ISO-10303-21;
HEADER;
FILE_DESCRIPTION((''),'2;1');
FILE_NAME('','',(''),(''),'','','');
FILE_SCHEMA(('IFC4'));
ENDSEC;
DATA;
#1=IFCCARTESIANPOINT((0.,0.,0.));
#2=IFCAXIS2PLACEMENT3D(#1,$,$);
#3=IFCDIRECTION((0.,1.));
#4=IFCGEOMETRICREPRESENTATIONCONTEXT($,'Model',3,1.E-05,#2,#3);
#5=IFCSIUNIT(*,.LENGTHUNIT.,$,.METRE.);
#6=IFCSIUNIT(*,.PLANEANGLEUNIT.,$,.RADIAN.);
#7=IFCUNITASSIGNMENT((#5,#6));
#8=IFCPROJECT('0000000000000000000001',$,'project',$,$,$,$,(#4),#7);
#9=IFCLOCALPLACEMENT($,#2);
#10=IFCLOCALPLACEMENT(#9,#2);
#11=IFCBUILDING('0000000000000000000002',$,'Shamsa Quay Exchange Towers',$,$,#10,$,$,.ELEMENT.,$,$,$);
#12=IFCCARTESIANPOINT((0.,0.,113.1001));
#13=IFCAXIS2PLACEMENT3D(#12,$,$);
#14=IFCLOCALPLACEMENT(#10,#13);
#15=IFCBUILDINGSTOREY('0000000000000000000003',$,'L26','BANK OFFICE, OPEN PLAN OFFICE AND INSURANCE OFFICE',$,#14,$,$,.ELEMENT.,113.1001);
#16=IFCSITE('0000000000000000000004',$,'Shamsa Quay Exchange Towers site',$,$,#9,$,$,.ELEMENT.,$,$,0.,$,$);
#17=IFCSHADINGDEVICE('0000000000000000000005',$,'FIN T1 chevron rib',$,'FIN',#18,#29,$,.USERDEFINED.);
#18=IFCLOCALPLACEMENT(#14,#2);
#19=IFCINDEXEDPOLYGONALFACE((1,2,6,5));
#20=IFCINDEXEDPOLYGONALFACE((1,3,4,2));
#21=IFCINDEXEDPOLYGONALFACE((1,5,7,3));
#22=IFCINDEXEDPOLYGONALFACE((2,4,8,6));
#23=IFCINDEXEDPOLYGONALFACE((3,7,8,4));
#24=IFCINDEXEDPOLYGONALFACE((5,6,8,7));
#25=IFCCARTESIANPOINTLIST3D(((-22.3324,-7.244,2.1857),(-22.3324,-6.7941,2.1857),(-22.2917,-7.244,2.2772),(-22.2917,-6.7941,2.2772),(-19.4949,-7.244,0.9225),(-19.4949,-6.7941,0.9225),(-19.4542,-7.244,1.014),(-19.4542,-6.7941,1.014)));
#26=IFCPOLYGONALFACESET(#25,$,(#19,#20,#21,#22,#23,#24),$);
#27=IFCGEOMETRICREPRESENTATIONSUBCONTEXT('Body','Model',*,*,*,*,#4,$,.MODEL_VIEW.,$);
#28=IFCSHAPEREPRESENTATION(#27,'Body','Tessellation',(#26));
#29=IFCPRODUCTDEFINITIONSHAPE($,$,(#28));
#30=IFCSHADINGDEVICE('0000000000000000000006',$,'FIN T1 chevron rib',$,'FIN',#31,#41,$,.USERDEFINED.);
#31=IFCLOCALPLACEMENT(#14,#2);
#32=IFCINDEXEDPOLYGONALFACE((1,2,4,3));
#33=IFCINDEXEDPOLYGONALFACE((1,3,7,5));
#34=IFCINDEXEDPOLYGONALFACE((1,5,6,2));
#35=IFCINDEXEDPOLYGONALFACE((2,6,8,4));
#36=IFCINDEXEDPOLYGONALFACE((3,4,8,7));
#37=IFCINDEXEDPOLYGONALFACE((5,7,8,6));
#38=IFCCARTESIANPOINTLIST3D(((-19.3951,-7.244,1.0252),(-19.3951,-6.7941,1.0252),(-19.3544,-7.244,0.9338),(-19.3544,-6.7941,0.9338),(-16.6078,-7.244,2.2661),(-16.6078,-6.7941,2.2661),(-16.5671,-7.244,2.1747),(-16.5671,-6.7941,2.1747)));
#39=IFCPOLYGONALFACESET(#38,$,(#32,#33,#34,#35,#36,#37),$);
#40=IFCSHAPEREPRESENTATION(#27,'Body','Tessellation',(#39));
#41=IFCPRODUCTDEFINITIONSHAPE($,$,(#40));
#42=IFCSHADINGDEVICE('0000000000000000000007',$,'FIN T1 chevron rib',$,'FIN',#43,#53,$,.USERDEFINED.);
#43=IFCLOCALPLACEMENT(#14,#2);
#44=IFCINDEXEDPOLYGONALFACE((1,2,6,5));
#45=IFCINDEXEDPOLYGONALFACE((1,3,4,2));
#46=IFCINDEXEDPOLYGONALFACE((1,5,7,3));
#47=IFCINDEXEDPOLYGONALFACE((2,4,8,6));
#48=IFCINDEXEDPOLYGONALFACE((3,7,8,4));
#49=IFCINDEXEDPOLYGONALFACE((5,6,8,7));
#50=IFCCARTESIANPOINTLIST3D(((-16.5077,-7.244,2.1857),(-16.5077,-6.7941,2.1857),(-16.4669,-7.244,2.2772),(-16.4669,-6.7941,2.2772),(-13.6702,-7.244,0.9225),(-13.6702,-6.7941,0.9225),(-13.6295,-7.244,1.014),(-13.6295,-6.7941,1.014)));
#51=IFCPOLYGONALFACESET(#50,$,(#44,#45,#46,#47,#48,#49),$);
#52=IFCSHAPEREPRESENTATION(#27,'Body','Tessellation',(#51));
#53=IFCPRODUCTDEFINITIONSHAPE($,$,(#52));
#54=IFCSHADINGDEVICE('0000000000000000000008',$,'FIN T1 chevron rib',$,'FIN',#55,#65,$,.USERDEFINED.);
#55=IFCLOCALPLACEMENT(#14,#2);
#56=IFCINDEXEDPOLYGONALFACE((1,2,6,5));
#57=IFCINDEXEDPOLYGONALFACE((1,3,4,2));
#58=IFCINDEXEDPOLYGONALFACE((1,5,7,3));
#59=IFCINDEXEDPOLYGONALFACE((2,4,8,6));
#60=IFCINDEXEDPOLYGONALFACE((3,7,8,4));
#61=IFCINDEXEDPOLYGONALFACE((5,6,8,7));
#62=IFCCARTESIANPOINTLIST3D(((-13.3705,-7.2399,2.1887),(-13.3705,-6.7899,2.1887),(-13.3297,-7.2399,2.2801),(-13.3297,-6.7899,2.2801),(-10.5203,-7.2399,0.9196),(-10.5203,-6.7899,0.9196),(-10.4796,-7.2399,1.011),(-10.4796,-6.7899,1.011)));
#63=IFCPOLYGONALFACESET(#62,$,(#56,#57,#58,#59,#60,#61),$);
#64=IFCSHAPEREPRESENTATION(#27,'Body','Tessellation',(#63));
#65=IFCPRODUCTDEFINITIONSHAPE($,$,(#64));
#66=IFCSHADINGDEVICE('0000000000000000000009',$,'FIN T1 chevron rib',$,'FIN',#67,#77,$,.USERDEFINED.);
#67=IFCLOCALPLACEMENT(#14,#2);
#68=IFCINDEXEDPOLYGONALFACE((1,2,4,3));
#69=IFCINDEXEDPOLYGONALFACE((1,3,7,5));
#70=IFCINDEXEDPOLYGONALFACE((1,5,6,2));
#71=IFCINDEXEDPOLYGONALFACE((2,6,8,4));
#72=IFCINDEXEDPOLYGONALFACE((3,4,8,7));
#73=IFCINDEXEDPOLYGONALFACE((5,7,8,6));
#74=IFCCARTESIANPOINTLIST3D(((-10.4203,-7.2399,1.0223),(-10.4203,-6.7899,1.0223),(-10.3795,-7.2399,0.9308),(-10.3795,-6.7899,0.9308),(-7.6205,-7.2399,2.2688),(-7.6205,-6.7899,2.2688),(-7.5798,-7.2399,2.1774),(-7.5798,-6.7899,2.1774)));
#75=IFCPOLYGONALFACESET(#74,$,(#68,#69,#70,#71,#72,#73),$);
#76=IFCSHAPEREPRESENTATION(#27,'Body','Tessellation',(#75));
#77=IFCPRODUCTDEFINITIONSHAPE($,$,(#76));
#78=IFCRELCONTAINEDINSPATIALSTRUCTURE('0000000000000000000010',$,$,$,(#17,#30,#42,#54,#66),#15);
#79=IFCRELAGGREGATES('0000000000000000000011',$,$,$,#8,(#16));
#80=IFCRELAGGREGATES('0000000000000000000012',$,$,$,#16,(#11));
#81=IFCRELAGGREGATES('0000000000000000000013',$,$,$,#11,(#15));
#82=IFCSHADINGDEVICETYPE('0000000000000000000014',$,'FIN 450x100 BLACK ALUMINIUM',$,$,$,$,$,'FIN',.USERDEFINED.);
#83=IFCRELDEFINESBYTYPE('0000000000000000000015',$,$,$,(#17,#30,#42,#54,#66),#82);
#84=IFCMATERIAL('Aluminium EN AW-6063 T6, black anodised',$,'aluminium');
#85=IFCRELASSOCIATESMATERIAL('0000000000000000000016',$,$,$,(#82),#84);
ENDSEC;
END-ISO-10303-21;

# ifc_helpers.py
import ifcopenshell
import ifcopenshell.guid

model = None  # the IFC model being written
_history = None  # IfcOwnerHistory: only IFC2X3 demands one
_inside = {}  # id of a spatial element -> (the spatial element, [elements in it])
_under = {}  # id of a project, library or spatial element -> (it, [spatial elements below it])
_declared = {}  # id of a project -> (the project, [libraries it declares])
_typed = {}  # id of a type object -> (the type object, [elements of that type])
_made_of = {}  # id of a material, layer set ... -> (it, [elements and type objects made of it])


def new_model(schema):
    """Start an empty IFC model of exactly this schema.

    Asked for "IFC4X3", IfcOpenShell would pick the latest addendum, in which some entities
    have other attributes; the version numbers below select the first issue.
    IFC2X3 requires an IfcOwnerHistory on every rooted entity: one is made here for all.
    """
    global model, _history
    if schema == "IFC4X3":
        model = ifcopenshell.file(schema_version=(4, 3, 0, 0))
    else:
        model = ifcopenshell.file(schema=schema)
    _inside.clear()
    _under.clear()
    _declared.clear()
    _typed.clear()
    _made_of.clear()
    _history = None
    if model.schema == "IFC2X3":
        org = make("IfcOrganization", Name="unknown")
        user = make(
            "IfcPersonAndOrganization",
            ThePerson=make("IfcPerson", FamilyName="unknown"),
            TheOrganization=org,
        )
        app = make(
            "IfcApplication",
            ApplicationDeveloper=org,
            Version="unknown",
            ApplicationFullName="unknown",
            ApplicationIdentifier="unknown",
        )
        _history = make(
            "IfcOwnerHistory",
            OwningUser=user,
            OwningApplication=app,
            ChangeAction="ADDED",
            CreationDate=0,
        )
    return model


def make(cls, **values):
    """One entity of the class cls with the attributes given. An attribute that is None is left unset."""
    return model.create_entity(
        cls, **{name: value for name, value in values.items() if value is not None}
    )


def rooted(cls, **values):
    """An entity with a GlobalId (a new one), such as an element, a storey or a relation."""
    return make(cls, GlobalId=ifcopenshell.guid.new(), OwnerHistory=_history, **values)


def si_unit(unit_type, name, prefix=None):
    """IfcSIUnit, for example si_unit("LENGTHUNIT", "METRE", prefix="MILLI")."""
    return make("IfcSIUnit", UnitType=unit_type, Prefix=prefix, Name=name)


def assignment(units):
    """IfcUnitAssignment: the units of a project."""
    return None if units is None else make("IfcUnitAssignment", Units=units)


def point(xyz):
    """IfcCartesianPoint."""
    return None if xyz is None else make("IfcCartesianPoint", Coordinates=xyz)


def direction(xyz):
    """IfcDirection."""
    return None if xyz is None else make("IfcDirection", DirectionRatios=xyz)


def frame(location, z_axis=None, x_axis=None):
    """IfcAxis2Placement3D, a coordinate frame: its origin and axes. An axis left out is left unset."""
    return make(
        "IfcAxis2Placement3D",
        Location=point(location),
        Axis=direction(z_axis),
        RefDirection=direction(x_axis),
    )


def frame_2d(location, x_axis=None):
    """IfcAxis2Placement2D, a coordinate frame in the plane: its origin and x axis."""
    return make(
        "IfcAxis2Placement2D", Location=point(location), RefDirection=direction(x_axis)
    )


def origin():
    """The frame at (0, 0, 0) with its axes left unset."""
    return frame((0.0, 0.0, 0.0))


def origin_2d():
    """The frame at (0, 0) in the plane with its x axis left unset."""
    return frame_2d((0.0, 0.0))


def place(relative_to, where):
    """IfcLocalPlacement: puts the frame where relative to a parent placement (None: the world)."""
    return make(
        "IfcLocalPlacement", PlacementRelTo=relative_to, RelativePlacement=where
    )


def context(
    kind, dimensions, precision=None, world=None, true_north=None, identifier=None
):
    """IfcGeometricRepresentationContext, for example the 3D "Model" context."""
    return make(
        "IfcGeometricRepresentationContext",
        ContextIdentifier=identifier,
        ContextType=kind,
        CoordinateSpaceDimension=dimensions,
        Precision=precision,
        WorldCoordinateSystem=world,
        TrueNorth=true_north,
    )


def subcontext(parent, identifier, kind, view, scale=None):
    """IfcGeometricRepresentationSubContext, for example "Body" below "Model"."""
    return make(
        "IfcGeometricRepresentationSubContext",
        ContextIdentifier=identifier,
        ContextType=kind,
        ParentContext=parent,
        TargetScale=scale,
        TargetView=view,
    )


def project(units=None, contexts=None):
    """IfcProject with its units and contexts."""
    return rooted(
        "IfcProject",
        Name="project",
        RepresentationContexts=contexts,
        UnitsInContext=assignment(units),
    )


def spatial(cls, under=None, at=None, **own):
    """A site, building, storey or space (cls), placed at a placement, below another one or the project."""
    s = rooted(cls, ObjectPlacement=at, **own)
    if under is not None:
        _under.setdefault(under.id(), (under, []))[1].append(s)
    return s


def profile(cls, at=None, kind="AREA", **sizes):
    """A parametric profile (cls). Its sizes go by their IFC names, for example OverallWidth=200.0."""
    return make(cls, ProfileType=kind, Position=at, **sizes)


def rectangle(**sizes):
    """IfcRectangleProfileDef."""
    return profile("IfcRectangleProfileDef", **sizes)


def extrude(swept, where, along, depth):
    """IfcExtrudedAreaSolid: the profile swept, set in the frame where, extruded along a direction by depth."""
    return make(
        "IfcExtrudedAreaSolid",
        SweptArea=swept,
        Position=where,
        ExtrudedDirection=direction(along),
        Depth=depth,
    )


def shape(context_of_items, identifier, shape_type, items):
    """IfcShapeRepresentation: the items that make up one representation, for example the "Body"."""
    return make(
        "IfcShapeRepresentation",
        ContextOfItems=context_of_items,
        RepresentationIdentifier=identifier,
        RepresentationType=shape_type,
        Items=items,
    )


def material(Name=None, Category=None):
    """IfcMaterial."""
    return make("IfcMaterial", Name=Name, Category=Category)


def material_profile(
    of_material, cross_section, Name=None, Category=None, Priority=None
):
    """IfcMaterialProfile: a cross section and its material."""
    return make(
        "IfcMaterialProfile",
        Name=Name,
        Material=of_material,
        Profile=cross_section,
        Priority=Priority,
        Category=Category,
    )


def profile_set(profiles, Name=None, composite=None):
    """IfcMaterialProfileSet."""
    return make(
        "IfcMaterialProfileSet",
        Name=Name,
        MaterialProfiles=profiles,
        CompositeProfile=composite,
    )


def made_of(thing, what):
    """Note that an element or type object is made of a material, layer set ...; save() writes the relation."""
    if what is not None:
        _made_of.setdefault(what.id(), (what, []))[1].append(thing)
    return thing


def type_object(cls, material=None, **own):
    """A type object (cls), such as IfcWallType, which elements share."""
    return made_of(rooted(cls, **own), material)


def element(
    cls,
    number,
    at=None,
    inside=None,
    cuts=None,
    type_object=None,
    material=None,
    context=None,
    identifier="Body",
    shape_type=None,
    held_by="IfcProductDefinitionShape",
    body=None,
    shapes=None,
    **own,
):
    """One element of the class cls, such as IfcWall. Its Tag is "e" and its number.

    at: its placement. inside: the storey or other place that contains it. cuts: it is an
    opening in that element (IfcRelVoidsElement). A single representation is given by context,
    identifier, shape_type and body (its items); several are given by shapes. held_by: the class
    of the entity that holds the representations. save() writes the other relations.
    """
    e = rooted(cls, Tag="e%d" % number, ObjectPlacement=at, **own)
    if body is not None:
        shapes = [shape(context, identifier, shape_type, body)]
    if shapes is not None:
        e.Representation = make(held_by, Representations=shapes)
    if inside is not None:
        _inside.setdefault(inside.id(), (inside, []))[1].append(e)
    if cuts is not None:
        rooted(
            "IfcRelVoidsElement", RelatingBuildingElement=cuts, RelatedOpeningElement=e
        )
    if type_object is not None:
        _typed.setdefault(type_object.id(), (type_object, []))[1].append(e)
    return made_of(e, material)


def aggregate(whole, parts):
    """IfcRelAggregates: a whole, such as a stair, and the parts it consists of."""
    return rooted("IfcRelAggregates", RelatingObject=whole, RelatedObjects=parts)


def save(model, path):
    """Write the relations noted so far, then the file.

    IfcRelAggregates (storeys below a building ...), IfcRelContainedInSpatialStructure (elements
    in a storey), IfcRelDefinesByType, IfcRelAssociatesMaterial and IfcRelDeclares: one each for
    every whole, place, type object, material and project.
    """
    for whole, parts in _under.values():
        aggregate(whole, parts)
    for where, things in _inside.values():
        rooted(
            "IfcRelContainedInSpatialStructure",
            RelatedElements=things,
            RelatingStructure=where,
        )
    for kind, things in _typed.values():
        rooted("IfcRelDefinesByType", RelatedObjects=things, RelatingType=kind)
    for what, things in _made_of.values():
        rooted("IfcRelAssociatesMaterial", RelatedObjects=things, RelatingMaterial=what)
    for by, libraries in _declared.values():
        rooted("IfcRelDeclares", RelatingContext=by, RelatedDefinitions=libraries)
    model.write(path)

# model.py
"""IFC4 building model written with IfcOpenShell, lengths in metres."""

from ifc_helpers import new_model, si_unit, direction, frame, origin, origin_2d, place, context, subcontext, project, spatial, rectangle, extrude, material, material_profile, profile_set, type_object, element, save


model = new_model("IFC4")

# Units and contexts
model_context = context("Model", 3, precision=1e-05, world=origin(), true_north=direction((0.0, 1.0)))
body_context = subcontext(model_context, "Body", "Model", "MODEL_VIEW")
ifc_project = project(units=[si_unit("LENGTHUNIT", "METRE"), si_unit("PLANEANGLEUNIT", "RADIAN")], contexts=[model_context])

# Site, building, storey
site_placement = place(None, origin())
site = spatial("IfcSite", under=ifc_project, at=site_placement, Name="Shamsa Quay Exchange Towers site", CompositionType="ELEMENT", RefElevation=0.0)
building_placement = place(site_placement, origin())
building = spatial("IfcBuilding", under=site, at=building_placement, Name="Shamsa Quay Exchange Towers", CompositionType="ELEMENT")
storey_placement = place(building_placement, frame((0.0, 0.0, 113.1001)))
storey = spatial("IfcBuildingStorey", under=building, at=storey_placement, Name="L26", Description="BANK OFFICE, OPEN PLAN OFFICE AND INSURANCE OFFICE", CompositionType="ELEMENT", Elevation=113.1001)

# Shared definitions
ifc_material_1 = material(Name="Aluminium EN AW-6063 T6, black anodised", Category="aluminium")

# Shading devices
ifc_material_profile_1 = material_profile(ifc_material_1, rectangle(XDim=0.45, YDim=0.1001, at=origin_2d()), Name="FIN450x100")
ifc_profile_set_1 = profile_set([ifc_material_profile_1], Name="Aluminium EN AW-6063 T6, black anodised")
shading_device_type = type_object("IfcShadingDeviceType", Name="FIN 450x100 BLACK ALUMINIUM", ElementType="FIN", PredefinedType="USERDEFINED", material=ifc_profile_set_1)
shading_device_1_placement = place(storey_placement, frame((-22.312, -7.019, 2.2314), z_axis=(0.913559, 0.0, -0.406707), x_axis=(0.0, 1.0, 0.0)))
element("IfcShadingDevice", 1, at=shading_device_1_placement, inside=storey, type_object=shading_device_type, Name="FIN T1 chevron rib", ObjectType="FIN", PredefinedType="USERDEFINED", context=body_context, shape_type="SweptSolid", body=[
    extrude(rectangle(XDim=0.45, YDim=0.1001, at=origin_2d()), origin(), (0.0, 0.0, 1.0), 3.106),
])
shading_device_2_placement = place(storey_placement, frame((-19.3748, -7.019, 0.9795), z_axis=(0.913551, 0.0, 0.406725), x_axis=(0.0, 1.0, 0.0)))
element("IfcShadingDevice", 2, at=shading_device_2_placement, inside=storey, type_object=shading_device_type, Name="FIN T1 chevron rib", ObjectType="FIN", PredefinedType="USERDEFINED", context=body_context, shape_type="SweptSolid", body=[
    extrude(rectangle(XDim=0.45, YDim=0.1001, at=origin_2d()), origin(), (0.0, 0.0, 1.0), 3.051),
])
shading_device_3_placement = place(storey_placement, frame((-16.4873, -7.019, 2.2314), z_axis=(0.913559, 0.0, -0.406707), x_axis=(0.0, 1.0, 0.0)))
element("IfcShadingDevice", 3, at=shading_device_3_placement, inside=storey, type_object=shading_device_type, Name="FIN T1 chevron rib", ObjectType="FIN", PredefinedType="USERDEFINED", context=body_context, shape_type="SweptSolid", body=[
    extrude(rectangle(XDim=0.45, YDim=0.1001, at=origin_2d()), origin(), (0.0, 0.0, 1.0), 3.106),
])
shading_device_4_placement = place(storey_placement, frame((-13.3501, -7.0149, 2.2344), z_axis=(0.913534, 0.0, -0.406763), x_axis=(0.0, 1.0, 0.0)))
element("IfcShadingDevice", 4, at=shading_device_4_placement, inside=storey, type_object=shading_device_type, Name="FIN T1 chevron rib", ObjectType="FIN", PredefinedType="USERDEFINED", context=body_context, shape_type="SweptSolid", body=[
    extrude(rectangle(XDim=0.45, YDim=0.1001, at=origin_2d()), origin(), (0.0, 0.0, 1.0), 3.1199),
])
shading_device_5_placement = place(storey_placement, frame((-10.3999, -7.0149, 0.9766), z_axis=(0.913542, 0.0, 0.406744), x_axis=(0.0, 1.0, 0.0)))
element("IfcShadingDevice", 5, at=shading_device_5_placement, inside=storey, type_object=shading_device_type, Name="FIN T1 chevron rib", ObjectType="FIN", PredefinedType="USERDEFINED", context=body_context, shape_type="SweptSolid", body=[
    extrude(rectangle(XDim=0.45, YDim=0.1001, at=origin_2d()), origin(), (0.0, 0.0, 1.0), 3.0647),
])

save(model, "model.ifc")
